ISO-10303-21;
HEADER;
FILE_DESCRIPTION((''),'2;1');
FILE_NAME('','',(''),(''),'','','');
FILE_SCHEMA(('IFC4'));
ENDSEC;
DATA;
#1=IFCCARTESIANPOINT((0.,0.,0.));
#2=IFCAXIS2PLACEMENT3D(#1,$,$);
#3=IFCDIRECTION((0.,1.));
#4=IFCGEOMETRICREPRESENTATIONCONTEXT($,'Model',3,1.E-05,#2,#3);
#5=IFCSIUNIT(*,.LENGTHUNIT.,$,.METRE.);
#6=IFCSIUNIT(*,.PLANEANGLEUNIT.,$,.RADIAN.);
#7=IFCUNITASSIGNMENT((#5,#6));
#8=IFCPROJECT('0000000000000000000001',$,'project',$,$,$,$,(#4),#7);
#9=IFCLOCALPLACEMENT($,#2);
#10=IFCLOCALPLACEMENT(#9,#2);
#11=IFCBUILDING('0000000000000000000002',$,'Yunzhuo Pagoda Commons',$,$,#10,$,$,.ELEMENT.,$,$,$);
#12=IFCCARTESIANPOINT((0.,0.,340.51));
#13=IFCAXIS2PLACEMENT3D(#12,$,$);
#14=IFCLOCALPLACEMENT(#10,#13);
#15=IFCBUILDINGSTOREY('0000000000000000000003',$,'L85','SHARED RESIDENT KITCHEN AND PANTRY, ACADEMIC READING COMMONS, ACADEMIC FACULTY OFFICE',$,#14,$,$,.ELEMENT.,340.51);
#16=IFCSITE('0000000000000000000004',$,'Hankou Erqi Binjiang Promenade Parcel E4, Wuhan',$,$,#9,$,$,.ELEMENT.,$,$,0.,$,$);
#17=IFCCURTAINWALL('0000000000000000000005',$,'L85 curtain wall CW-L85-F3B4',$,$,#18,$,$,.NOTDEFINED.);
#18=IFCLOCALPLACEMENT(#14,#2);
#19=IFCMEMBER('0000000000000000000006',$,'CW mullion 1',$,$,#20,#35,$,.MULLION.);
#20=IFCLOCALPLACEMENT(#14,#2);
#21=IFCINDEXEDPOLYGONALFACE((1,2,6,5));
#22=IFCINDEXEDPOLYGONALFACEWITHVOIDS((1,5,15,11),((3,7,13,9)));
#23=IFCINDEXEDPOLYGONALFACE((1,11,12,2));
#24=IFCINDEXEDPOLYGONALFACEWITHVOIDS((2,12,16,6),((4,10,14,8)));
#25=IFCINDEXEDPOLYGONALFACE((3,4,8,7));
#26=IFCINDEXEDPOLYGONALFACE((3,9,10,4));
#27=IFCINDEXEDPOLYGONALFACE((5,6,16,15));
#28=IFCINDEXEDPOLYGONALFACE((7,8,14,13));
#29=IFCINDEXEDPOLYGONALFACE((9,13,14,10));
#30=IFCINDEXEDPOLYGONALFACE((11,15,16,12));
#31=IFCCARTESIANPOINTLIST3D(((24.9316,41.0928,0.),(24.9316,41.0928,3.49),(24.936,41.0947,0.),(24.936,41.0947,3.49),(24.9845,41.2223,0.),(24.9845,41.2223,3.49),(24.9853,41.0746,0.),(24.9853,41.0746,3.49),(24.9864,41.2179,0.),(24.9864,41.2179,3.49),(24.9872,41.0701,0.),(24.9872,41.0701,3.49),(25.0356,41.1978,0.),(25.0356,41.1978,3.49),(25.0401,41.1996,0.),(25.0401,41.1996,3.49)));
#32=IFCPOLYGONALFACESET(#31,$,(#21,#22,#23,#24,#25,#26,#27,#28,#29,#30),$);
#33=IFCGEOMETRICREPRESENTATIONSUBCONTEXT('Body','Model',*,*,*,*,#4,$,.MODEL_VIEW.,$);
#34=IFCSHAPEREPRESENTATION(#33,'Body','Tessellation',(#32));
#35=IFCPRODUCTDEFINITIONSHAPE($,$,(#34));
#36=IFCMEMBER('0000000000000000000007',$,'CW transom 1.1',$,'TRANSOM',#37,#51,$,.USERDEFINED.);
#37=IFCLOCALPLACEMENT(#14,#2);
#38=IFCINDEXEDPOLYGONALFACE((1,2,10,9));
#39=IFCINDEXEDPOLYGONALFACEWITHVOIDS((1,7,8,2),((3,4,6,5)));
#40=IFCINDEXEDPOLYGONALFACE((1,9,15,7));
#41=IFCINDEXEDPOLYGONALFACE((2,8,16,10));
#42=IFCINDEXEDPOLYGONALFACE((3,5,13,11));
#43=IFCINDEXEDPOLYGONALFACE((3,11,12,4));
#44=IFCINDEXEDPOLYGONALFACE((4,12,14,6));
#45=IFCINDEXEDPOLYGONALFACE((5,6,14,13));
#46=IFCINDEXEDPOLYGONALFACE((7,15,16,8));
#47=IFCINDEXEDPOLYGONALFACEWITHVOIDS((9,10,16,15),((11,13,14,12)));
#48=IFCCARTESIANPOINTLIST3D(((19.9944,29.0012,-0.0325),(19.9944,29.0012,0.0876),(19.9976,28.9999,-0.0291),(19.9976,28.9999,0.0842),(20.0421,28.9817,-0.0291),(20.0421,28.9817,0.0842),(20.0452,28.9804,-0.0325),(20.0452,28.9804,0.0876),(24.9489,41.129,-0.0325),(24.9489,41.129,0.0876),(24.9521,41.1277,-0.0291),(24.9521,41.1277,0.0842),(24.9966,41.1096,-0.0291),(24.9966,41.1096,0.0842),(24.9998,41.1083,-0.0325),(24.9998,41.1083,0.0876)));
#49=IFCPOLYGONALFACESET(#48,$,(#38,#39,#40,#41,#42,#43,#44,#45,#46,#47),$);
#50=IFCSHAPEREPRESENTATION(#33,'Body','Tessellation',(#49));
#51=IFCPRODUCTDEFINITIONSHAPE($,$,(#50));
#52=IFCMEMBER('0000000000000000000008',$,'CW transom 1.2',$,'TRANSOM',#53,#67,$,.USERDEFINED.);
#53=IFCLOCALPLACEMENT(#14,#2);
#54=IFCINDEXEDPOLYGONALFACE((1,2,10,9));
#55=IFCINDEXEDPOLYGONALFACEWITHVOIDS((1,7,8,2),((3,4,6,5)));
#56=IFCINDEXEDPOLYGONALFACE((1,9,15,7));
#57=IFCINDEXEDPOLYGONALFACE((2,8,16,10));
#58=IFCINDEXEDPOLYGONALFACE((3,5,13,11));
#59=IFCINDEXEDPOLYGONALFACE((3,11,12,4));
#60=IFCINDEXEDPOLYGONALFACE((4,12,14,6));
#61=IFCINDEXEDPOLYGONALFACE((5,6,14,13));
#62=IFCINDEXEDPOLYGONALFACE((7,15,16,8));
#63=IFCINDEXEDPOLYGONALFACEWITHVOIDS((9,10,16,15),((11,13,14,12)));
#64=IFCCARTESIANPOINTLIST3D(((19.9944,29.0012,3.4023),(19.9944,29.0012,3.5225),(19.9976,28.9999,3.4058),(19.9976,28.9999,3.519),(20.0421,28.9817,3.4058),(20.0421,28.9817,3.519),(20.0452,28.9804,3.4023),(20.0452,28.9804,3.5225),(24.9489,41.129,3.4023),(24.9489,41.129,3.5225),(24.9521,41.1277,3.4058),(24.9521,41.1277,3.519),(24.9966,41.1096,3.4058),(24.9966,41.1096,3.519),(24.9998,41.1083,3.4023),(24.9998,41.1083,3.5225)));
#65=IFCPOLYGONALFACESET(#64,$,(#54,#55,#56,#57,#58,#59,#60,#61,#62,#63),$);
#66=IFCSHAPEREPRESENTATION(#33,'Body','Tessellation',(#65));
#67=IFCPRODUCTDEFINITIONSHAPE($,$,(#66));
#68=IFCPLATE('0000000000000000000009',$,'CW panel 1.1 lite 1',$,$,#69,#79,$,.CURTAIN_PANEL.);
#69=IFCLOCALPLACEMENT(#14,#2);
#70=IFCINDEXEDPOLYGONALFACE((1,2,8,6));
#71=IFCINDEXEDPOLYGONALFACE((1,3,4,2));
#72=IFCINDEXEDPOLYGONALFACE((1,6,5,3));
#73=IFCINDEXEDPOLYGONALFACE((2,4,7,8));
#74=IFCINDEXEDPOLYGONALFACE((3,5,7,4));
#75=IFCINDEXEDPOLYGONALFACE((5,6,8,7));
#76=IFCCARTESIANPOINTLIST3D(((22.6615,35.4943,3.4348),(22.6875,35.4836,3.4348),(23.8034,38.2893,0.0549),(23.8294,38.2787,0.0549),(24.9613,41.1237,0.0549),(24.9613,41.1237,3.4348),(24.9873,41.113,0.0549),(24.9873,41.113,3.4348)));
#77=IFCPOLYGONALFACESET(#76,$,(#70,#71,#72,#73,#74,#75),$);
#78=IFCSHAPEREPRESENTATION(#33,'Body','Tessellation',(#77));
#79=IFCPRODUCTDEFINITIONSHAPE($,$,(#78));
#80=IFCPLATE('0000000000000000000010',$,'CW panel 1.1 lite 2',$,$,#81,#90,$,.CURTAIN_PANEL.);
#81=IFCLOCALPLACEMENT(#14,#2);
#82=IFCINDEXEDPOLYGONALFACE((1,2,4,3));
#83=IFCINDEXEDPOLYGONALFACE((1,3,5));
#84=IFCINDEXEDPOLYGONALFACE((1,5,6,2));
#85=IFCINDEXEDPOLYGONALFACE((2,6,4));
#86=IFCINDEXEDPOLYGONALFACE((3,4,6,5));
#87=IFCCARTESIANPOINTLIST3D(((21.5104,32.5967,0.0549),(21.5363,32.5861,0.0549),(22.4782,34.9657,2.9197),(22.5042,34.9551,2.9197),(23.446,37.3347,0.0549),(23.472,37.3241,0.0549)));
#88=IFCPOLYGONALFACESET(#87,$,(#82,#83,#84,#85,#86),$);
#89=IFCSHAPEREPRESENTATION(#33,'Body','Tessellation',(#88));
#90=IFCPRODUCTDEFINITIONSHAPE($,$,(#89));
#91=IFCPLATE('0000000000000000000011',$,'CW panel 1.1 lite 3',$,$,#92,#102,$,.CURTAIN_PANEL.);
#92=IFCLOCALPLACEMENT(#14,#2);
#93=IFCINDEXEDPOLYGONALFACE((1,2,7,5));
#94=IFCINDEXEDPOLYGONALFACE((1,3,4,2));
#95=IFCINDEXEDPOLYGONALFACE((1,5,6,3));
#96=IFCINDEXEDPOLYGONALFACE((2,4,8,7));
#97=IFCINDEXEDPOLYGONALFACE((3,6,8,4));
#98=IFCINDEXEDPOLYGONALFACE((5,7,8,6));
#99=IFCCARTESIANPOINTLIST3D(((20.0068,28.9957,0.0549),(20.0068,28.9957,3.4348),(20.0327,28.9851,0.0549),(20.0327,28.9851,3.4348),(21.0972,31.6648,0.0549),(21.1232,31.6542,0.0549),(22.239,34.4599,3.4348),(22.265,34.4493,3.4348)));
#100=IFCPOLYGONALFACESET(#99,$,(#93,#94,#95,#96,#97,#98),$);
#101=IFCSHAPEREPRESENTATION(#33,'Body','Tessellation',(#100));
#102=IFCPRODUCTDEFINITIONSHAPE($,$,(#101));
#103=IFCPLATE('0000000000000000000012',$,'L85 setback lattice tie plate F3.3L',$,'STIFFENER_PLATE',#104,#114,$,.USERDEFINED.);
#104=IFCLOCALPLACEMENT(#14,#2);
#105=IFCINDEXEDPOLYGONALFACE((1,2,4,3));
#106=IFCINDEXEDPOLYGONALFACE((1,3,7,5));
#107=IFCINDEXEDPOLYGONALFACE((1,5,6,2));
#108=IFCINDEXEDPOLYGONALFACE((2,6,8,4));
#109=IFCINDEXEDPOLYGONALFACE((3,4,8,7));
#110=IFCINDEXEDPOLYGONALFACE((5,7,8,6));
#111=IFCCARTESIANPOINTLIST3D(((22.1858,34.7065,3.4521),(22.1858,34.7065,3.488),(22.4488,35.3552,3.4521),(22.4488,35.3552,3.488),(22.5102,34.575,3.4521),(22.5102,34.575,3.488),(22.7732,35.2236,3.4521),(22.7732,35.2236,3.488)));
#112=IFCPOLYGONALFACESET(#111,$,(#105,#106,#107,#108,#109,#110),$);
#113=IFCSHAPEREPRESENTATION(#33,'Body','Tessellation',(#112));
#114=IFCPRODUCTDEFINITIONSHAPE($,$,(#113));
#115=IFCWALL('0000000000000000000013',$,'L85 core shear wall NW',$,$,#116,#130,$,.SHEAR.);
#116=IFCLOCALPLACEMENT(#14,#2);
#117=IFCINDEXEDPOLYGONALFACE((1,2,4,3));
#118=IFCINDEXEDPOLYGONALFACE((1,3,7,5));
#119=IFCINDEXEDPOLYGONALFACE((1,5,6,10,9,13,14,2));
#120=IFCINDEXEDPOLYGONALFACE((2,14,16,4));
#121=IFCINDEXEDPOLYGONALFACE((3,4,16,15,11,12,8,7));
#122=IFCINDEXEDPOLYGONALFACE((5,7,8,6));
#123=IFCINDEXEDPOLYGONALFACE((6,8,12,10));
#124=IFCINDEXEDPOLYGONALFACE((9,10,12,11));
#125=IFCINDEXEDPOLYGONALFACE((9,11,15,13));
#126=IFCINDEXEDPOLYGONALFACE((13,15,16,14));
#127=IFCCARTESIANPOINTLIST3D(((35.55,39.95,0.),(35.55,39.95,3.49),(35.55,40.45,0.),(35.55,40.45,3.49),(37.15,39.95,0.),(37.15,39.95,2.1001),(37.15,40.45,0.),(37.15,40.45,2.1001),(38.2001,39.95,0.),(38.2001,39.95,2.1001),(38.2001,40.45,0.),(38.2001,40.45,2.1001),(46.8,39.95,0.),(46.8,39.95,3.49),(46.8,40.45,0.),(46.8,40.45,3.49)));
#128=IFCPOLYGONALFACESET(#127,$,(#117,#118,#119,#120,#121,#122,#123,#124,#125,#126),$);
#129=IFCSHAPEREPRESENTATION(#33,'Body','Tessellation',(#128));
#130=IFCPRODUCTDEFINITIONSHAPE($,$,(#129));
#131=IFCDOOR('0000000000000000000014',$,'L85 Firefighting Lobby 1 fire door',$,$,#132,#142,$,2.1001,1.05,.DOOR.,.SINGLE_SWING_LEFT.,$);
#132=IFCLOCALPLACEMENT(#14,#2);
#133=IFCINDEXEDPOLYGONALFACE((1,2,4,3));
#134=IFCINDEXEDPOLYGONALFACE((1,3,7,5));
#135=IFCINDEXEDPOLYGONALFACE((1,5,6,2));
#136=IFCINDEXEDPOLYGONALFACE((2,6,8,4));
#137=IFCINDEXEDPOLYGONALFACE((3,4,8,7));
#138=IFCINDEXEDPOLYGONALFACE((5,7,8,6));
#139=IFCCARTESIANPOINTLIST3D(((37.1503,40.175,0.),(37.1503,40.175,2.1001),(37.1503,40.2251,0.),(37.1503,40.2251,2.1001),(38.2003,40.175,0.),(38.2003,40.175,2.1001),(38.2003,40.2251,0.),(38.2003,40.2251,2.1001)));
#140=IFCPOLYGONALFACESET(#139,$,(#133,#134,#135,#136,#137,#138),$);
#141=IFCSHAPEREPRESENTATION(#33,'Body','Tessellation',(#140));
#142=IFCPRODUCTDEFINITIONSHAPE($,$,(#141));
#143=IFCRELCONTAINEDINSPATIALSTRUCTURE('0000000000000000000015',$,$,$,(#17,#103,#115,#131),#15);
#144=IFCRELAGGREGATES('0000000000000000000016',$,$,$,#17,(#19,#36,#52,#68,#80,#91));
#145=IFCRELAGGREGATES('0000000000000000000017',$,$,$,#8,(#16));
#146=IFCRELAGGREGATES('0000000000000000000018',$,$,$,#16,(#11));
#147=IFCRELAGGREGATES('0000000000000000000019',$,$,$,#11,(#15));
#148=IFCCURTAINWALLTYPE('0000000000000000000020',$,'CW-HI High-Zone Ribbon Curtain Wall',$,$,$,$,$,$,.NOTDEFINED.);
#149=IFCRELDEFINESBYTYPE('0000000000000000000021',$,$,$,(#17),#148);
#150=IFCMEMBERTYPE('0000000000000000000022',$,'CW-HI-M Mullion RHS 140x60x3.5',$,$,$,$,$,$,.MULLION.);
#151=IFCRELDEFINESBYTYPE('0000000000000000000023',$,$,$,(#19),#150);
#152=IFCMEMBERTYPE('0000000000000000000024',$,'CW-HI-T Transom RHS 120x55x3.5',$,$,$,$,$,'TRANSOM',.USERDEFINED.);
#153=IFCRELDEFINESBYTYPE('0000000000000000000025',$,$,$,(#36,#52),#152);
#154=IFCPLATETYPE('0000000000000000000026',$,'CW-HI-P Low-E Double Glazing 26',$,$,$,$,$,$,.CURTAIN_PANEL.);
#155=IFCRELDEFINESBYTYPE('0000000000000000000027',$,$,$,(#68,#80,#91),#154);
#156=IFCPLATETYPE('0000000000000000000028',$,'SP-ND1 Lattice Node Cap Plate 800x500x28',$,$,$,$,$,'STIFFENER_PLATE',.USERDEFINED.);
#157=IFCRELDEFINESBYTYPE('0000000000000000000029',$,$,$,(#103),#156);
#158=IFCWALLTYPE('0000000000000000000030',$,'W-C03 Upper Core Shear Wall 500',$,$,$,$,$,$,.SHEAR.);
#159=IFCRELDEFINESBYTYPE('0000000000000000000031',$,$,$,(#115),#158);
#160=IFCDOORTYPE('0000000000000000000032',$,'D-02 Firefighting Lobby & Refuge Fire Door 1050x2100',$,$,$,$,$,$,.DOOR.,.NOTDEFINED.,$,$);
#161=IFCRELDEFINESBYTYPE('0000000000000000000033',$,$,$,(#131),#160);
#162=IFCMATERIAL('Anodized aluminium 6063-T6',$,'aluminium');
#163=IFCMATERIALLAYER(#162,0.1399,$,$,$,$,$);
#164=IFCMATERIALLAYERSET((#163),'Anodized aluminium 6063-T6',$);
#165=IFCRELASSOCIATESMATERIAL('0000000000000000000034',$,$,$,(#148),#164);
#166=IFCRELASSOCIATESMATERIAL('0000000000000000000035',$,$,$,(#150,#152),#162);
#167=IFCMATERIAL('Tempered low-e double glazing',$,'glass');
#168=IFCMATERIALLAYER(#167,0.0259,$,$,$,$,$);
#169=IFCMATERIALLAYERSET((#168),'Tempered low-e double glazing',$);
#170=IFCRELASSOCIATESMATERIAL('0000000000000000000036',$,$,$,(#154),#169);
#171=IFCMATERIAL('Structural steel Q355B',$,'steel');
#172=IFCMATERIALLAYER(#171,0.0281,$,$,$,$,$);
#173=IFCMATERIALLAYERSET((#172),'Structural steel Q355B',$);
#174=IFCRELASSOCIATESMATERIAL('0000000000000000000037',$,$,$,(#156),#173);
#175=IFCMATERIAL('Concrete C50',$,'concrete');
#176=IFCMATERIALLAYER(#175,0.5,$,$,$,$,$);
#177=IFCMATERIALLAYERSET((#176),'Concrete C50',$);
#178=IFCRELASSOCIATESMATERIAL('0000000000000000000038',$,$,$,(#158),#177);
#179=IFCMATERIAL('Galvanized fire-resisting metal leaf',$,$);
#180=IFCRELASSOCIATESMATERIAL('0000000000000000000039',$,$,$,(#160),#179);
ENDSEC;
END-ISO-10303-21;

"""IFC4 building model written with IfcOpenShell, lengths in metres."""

from ifc_helpers import new_model, si_unit, direction, frame, frame_2d, origin, origin_2d, place, context, subcontext, project, spatial, polyline, rectangle, hollow_rectangle, outline, extrude, source, transform, mapped, material, layer, layer_set, material_profile, profile_set, type_object, element, fill, aggregate, save


model = new_model("IFC4")

# Units and contexts
model_context = context("Model", 3, precision=1e-05, world=origin(), true_north=direction((0.0, 1.0)))
body_context = subcontext(model_context, "Body", "Model", "MODEL_VIEW")
ifc_project = project(units=[si_unit("LENGTHUNIT", "METRE"), si_unit("PLANEANGLEUNIT", "RADIAN")], contexts=[model_context])

# Site, building, storey
site_placement = place(None, origin())
site = spatial("IfcSite", under=ifc_project, at=site_placement, Name="Hankou Erqi Binjiang Promenade Parcel E4, Wuhan", CompositionType="ELEMENT", RefElevation=0.0)
building_placement = place(site_placement, origin())
building = spatial("IfcBuilding", under=site, at=building_placement, Name="Yunzhuo Pagoda Commons", CompositionType="ELEMENT")
storey_placement = place(building_placement, frame((0.0, 0.0, 340.51)))
storey = spatial("IfcBuildingStorey", under=building, at=storey_placement, Name="L85", Description="SHARED RESIDENT KITCHEN AND PANTRY, ACADEMIC READING COMMONS, ACADEMIC FACULTY OFFICE", CompositionType="ELEMENT", Elevation=340.51)

# Shared definitions
ifc_material_1 = material(Name="Structural steel Q355B", Category="steel")

# Curtain wall, members, plates
ifc_material_2 = material(Name="Anodized aluminium 6063-T6", Category="aluminium")
ifc_layer_1 = layer(ifc_material_2, 0.1399)
ifc_layer_set_1 = layer_set([ifc_layer_1], Name="Anodized aluminium 6063-T6")
curtain_wall_type = type_object("IfcCurtainWallType", Name="CW-HI High-Zone Ribbon Curtain Wall", PredefinedType="NOTDEFINED", material=ifc_layer_set_1)
curtain_wall_placement = place(storey_placement, origin())
curtain_wall = element("IfcCurtainWall", 1, at=curtain_wall_placement, inside=storey, type_object=curtain_wall_type, Name="L85 curtain wall CW-L85-F3B4", PredefinedType="NOTDEFINED")
ifc_material_profile_1 = material_profile(ifc_material_2, hollow_rectangle(XDim=0.0601, YDim=0.1399, WallThickness=0.0034, at=origin_2d()), Name="Anodized aluminium 6063-T6")
ifc_profile_set_1 = profile_set([ifc_material_profile_1], Name="Anodized aluminium 6063-T6")
member_type_1 = type_object("IfcMemberType", Name="CW-HI-M Mullion RHS 140x60x3.5", PredefinedType="MULLION", material=ifc_profile_set_1)
shared_shape_1 = source(origin(), body_context, "Body", "SweptSolid", [
    extrude(hollow_rectangle(XDim=0.0601, YDim=0.1399, WallThickness=0.0034, at=origin_2d()), origin(), (0.0, 0.0, 1.0), 3.49),
])
member_1_placement = place(storey_placement, frame((24.9858, 41.1462, 0.0), z_axis=(0.0, 0.0, 1.0), x_axis=(0.92573, -0.378185, 0.0)))
member_1 = element("IfcMember", 2, at=member_1_placement, type_object=member_type_1, Name="CW mullion 1", PredefinedType="MULLION", context=body_context, shape_type="MappedRepresentation", body=[
    mapped(shared_shape_1, transform((0.0, 0.0, 0.0), scale=1.0)),
])
ifc_material_profile_2 = material_profile(ifc_material_2, hollow_rectangle(XDim=0.0549, YDim=0.1201, WallThickness=0.0034, at=origin_2d()), Name="Anodized aluminium 6063-T6")
ifc_profile_set_2 = profile_set([ifc_material_profile_2], Name="Anodized aluminium 6063-T6")
member_type_2 = type_object("IfcMemberType", Name="CW-HI-T Transom RHS 120x55x3.5", ElementType="TRANSOM", PredefinedType="USERDEFINED", material=ifc_profile_set_2)
shared_shape_2 = source(origin(), body_context, "Body", "SweptSolid", [
    extrude(hollow_rectangle(XDim=0.0549, YDim=0.1201, WallThickness=0.0034, at=origin_2d()), origin(), (0.0, 0.0, 1.0), 13.1008),
])
member_2_placement = place(storey_placement, frame((24.9744, 41.1187, 0.0276), z_axis=(-0.378186, -0.92573, 0.0), x_axis=(0.92573, -0.378186, 0.0)))
member_2 = element("IfcMember", 3, at=member_2_placement, type_object=member_type_2, Name="CW transom 1.1", ObjectType="TRANSOM", PredefinedType="USERDEFINED", context=body_context, shape_type="MappedRepresentation", body=[
    mapped(shared_shape_2, transform((0.0, 0.0, 0.0), scale=1.0)),
])
member_3_placement = place(storey_placement, frame((24.9744, 41.1187, 3.4624), z_axis=(-0.378186, -0.92573, 0.0), x_axis=(0.92573, -0.378186, 0.0)))
member_3 = element("IfcMember", 4, at=member_3_placement, type_object=member_type_2, Name="CW transom 1.2", ObjectType="TRANSOM", PredefinedType="USERDEFINED", context=body_context, shape_type="MappedRepresentation", body=[
    mapped(shared_shape_2, transform((0.0, 0.0, 0.0), scale=1.0)),
])
ifc_material_3 = material(Name="Tempered low-e double glazing", Category="glass")
ifc_layer_2 = layer(ifc_material_3, 0.0259)
ifc_layer_set_2 = layer_set([ifc_layer_2], Name="Tempered low-e double glazing")
plate_type_1 = type_object("IfcPlateType", Name="CW-HI-P Low-E Double Glazing 26", PredefinedType="CURTAIN_PANEL", material=ifc_layer_set_2)
plate_1_placement = place(storey_placement, frame((23.8374, 38.2983, 1.7449), z_axis=(-0.92573, 0.378185, 0.0), x_axis=(-0.378185, -0.92573, 0.0)))
plate_1 = element("IfcPlate", 5, at=plate_1_placement, type_object=plate_type_1, Name="CW panel 1.1 lite 1", PredefinedType="CURTAIN_PANEL", context=body_context, shape_type="SweptSolid", body=[
    extrude(outline(polyline([(-3.0405, -1.6899), (0.0212, -1.6899), (3.0405, 1.6899), (-3.0405, 1.6899), (-3.0405, -1.6899)])), origin(), (0.0, 0.0, 1.0), 0.0281),
])
plate_2_placement = place(storey_placement, frame((22.5042, 34.9551, 1.4873), z_axis=(-0.92573, 0.378185, 0.0), x_axis=(-0.378185, -0.92573, 0.0)))
plate_2 = element("IfcPlate", 6, at=plate_2_placement, type_object=plate_type_1, Name="CW panel 1.1 lite 2", PredefinedType="CURTAIN_PANEL", context=body_context, shape_type="SweptSolid", body=[
    extrude(outline(polyline([(-2.5591, -1.4324), (2.5591, -1.4324), (0.0, 1.4324), (-2.5591, -1.4324)])), origin(), (0.0, 0.0, 1.0), 0.0281),
])
plate_3_placement = place(storey_placement, frame((21.1489, 31.7173, 1.7449), z_axis=(-0.92573, 0.378185, 0.0), x_axis=(-0.378185, -0.92573, 0.0)))
plate_3 = element("IfcPlate", 7, at=plate_3_placement, type_object=plate_type_1, Name="CW panel 1.1 lite 3", PredefinedType="CURTAIN_PANEL", context=body_context, shape_type="SweptSolid", body=[
    extrude(outline(polyline([(-2.9512, 1.6899), (0.0681, -1.6899), (2.9514, -1.6899), (2.9514, 1.6899), (-2.9512, 1.6899)])), origin(), (0.0, 0.0, 1.0), 0.0281),
])
aggregate(curtain_wall, [member_1, member_2, member_3, plate_1, plate_2, plate_3])

# Plate
ifc_layer_3 = layer(ifc_material_1, 0.0281)
ifc_layer_set_3 = layer_set([ifc_layer_3], Name="Structural steel Q355B")
plate_type_2 = type_object("IfcPlateType", Name="SP-ND1 Lattice Node Cap Plate 800x500x28", ElementType="STIFFENER_PLATE", PredefinedType="USERDEFINED", material=ifc_layer_set_3)
shared_shape_3 = source(origin(), body_context, "Body", "SweptSolid", [
    extrude(rectangle(XDim=0.7, YDim=0.3501, at=origin_2d()), origin(), (0.0, 0.0, 1.0), 0.0359),
])
plate_4_placement = place(storey_placement, frame((22.4795, 34.9651, 3.4521), z_axis=(0.0, 0.0, 1.0), x_axis=(-0.375755, -0.926719, 0.0)))
element("IfcPlate", 8, at=plate_4_placement, inside=storey, type_object=plate_type_2, Name="L85 setback lattice tie plate F3.3L", ObjectType="STIFFENER_PLATE", PredefinedType="USERDEFINED", context=body_context, shape_type="MappedRepresentation", body=[
    mapped(shared_shape_3, transform((0.0, 0.0, 0.0), scale=1.0)),
])

# Wall, opening, door
ifc_material_4 = material(Name="Concrete C50", Category="concrete")
ifc_layer_4 = layer(ifc_material_4, 0.5)
ifc_layer_set_4 = layer_set([ifc_layer_4], Name="Concrete C50")
wall_type_1 = type_object("IfcWallType", Name="W-C03 Upper Core Shear Wall 500", PredefinedType="SHEAR", material=ifc_layer_set_4)
wall_1_placement = place(storey_placement, frame((35.55, 40.2, 0.0), z_axis=(0.0, 0.0, 1.0), x_axis=(1.0, 0.0, 0.0)))
wall_1 = element("IfcWall", 9, at=wall_1_placement, inside=storey, type_object=wall_type_1, Name="L85 core shear wall NW", PredefinedType="SHEAR", context=body_context, shape_type="SweptSolid", body=[
    extrude(rectangle(XDim=11.25, YDim=0.5, at=frame_2d((5.625, 0.0))), origin(), (0.0, 0.0, 1.0), 3.49),
])
opening_1_placement = place(wall_1_placement, frame((1.6001, 0.0, 0.0)))
opening_1 = element("IfcOpeningElement", 10, at=opening_1_placement, cuts=wall_1, PredefinedType="OPENING", context=body_context, shape_type="SweptSolid", body=[
    extrude(rectangle(XDim=1.05, YDim=2.1001, at=frame_2d((0.5249, 1.05))), frame((0.0, 0.26, 0.0), z_axis=(0.0, -1.0, 0.0), x_axis=(1.0, 0.0, 0.0)), (0.0, 0.0, 1.0), 0.52),
])
ifc_material_5 = material(Name="Galvanized fire-resisting metal leaf")
door_type_1 = type_object("IfcDoorType", Name="D-02 Firefighting Lobby & Refuge Fire Door 1050x2100", OperationType="NOTDEFINED", PredefinedType="DOOR", material=ifc_material_5)
shared_shape_4 = source(origin(), body_context, "Body", "SweptSolid", [
    extrude(rectangle(XDim=1.05, YDim=2.1001, at=frame_2d((0.5249, 1.05))), frame((0.0, 0.0249, 0.0), z_axis=(0.0, -1.0, 0.0), x_axis=(1.0, 0.0, 0.0)), (0.0, 0.0, 1.0), 0.05),
])
door_1_placement = place(opening_1_placement, frame((1.05, 0.0, 0.0), z_axis=(0.0, 0.0, 1.0), x_axis=(-1.0, 0.0, 0.0)))
door_1 = element("IfcDoor", 11, at=door_1_placement, inside=storey, type_object=door_type_1, Name="L85 Firefighting Lobby 1 fire door", OperationType="SINGLE_SWING_LEFT", OverallHeight=2.1001, OverallWidth=1.05, PredefinedType="DOOR", context=body_context, shape_type="MappedRepresentation", body=[
    mapped(shared_shape_4, transform((0.0, 0.0, 0.0), scale=1.0)),
])
fill(opening_1, door_1)

save(model, "model.ifc")
